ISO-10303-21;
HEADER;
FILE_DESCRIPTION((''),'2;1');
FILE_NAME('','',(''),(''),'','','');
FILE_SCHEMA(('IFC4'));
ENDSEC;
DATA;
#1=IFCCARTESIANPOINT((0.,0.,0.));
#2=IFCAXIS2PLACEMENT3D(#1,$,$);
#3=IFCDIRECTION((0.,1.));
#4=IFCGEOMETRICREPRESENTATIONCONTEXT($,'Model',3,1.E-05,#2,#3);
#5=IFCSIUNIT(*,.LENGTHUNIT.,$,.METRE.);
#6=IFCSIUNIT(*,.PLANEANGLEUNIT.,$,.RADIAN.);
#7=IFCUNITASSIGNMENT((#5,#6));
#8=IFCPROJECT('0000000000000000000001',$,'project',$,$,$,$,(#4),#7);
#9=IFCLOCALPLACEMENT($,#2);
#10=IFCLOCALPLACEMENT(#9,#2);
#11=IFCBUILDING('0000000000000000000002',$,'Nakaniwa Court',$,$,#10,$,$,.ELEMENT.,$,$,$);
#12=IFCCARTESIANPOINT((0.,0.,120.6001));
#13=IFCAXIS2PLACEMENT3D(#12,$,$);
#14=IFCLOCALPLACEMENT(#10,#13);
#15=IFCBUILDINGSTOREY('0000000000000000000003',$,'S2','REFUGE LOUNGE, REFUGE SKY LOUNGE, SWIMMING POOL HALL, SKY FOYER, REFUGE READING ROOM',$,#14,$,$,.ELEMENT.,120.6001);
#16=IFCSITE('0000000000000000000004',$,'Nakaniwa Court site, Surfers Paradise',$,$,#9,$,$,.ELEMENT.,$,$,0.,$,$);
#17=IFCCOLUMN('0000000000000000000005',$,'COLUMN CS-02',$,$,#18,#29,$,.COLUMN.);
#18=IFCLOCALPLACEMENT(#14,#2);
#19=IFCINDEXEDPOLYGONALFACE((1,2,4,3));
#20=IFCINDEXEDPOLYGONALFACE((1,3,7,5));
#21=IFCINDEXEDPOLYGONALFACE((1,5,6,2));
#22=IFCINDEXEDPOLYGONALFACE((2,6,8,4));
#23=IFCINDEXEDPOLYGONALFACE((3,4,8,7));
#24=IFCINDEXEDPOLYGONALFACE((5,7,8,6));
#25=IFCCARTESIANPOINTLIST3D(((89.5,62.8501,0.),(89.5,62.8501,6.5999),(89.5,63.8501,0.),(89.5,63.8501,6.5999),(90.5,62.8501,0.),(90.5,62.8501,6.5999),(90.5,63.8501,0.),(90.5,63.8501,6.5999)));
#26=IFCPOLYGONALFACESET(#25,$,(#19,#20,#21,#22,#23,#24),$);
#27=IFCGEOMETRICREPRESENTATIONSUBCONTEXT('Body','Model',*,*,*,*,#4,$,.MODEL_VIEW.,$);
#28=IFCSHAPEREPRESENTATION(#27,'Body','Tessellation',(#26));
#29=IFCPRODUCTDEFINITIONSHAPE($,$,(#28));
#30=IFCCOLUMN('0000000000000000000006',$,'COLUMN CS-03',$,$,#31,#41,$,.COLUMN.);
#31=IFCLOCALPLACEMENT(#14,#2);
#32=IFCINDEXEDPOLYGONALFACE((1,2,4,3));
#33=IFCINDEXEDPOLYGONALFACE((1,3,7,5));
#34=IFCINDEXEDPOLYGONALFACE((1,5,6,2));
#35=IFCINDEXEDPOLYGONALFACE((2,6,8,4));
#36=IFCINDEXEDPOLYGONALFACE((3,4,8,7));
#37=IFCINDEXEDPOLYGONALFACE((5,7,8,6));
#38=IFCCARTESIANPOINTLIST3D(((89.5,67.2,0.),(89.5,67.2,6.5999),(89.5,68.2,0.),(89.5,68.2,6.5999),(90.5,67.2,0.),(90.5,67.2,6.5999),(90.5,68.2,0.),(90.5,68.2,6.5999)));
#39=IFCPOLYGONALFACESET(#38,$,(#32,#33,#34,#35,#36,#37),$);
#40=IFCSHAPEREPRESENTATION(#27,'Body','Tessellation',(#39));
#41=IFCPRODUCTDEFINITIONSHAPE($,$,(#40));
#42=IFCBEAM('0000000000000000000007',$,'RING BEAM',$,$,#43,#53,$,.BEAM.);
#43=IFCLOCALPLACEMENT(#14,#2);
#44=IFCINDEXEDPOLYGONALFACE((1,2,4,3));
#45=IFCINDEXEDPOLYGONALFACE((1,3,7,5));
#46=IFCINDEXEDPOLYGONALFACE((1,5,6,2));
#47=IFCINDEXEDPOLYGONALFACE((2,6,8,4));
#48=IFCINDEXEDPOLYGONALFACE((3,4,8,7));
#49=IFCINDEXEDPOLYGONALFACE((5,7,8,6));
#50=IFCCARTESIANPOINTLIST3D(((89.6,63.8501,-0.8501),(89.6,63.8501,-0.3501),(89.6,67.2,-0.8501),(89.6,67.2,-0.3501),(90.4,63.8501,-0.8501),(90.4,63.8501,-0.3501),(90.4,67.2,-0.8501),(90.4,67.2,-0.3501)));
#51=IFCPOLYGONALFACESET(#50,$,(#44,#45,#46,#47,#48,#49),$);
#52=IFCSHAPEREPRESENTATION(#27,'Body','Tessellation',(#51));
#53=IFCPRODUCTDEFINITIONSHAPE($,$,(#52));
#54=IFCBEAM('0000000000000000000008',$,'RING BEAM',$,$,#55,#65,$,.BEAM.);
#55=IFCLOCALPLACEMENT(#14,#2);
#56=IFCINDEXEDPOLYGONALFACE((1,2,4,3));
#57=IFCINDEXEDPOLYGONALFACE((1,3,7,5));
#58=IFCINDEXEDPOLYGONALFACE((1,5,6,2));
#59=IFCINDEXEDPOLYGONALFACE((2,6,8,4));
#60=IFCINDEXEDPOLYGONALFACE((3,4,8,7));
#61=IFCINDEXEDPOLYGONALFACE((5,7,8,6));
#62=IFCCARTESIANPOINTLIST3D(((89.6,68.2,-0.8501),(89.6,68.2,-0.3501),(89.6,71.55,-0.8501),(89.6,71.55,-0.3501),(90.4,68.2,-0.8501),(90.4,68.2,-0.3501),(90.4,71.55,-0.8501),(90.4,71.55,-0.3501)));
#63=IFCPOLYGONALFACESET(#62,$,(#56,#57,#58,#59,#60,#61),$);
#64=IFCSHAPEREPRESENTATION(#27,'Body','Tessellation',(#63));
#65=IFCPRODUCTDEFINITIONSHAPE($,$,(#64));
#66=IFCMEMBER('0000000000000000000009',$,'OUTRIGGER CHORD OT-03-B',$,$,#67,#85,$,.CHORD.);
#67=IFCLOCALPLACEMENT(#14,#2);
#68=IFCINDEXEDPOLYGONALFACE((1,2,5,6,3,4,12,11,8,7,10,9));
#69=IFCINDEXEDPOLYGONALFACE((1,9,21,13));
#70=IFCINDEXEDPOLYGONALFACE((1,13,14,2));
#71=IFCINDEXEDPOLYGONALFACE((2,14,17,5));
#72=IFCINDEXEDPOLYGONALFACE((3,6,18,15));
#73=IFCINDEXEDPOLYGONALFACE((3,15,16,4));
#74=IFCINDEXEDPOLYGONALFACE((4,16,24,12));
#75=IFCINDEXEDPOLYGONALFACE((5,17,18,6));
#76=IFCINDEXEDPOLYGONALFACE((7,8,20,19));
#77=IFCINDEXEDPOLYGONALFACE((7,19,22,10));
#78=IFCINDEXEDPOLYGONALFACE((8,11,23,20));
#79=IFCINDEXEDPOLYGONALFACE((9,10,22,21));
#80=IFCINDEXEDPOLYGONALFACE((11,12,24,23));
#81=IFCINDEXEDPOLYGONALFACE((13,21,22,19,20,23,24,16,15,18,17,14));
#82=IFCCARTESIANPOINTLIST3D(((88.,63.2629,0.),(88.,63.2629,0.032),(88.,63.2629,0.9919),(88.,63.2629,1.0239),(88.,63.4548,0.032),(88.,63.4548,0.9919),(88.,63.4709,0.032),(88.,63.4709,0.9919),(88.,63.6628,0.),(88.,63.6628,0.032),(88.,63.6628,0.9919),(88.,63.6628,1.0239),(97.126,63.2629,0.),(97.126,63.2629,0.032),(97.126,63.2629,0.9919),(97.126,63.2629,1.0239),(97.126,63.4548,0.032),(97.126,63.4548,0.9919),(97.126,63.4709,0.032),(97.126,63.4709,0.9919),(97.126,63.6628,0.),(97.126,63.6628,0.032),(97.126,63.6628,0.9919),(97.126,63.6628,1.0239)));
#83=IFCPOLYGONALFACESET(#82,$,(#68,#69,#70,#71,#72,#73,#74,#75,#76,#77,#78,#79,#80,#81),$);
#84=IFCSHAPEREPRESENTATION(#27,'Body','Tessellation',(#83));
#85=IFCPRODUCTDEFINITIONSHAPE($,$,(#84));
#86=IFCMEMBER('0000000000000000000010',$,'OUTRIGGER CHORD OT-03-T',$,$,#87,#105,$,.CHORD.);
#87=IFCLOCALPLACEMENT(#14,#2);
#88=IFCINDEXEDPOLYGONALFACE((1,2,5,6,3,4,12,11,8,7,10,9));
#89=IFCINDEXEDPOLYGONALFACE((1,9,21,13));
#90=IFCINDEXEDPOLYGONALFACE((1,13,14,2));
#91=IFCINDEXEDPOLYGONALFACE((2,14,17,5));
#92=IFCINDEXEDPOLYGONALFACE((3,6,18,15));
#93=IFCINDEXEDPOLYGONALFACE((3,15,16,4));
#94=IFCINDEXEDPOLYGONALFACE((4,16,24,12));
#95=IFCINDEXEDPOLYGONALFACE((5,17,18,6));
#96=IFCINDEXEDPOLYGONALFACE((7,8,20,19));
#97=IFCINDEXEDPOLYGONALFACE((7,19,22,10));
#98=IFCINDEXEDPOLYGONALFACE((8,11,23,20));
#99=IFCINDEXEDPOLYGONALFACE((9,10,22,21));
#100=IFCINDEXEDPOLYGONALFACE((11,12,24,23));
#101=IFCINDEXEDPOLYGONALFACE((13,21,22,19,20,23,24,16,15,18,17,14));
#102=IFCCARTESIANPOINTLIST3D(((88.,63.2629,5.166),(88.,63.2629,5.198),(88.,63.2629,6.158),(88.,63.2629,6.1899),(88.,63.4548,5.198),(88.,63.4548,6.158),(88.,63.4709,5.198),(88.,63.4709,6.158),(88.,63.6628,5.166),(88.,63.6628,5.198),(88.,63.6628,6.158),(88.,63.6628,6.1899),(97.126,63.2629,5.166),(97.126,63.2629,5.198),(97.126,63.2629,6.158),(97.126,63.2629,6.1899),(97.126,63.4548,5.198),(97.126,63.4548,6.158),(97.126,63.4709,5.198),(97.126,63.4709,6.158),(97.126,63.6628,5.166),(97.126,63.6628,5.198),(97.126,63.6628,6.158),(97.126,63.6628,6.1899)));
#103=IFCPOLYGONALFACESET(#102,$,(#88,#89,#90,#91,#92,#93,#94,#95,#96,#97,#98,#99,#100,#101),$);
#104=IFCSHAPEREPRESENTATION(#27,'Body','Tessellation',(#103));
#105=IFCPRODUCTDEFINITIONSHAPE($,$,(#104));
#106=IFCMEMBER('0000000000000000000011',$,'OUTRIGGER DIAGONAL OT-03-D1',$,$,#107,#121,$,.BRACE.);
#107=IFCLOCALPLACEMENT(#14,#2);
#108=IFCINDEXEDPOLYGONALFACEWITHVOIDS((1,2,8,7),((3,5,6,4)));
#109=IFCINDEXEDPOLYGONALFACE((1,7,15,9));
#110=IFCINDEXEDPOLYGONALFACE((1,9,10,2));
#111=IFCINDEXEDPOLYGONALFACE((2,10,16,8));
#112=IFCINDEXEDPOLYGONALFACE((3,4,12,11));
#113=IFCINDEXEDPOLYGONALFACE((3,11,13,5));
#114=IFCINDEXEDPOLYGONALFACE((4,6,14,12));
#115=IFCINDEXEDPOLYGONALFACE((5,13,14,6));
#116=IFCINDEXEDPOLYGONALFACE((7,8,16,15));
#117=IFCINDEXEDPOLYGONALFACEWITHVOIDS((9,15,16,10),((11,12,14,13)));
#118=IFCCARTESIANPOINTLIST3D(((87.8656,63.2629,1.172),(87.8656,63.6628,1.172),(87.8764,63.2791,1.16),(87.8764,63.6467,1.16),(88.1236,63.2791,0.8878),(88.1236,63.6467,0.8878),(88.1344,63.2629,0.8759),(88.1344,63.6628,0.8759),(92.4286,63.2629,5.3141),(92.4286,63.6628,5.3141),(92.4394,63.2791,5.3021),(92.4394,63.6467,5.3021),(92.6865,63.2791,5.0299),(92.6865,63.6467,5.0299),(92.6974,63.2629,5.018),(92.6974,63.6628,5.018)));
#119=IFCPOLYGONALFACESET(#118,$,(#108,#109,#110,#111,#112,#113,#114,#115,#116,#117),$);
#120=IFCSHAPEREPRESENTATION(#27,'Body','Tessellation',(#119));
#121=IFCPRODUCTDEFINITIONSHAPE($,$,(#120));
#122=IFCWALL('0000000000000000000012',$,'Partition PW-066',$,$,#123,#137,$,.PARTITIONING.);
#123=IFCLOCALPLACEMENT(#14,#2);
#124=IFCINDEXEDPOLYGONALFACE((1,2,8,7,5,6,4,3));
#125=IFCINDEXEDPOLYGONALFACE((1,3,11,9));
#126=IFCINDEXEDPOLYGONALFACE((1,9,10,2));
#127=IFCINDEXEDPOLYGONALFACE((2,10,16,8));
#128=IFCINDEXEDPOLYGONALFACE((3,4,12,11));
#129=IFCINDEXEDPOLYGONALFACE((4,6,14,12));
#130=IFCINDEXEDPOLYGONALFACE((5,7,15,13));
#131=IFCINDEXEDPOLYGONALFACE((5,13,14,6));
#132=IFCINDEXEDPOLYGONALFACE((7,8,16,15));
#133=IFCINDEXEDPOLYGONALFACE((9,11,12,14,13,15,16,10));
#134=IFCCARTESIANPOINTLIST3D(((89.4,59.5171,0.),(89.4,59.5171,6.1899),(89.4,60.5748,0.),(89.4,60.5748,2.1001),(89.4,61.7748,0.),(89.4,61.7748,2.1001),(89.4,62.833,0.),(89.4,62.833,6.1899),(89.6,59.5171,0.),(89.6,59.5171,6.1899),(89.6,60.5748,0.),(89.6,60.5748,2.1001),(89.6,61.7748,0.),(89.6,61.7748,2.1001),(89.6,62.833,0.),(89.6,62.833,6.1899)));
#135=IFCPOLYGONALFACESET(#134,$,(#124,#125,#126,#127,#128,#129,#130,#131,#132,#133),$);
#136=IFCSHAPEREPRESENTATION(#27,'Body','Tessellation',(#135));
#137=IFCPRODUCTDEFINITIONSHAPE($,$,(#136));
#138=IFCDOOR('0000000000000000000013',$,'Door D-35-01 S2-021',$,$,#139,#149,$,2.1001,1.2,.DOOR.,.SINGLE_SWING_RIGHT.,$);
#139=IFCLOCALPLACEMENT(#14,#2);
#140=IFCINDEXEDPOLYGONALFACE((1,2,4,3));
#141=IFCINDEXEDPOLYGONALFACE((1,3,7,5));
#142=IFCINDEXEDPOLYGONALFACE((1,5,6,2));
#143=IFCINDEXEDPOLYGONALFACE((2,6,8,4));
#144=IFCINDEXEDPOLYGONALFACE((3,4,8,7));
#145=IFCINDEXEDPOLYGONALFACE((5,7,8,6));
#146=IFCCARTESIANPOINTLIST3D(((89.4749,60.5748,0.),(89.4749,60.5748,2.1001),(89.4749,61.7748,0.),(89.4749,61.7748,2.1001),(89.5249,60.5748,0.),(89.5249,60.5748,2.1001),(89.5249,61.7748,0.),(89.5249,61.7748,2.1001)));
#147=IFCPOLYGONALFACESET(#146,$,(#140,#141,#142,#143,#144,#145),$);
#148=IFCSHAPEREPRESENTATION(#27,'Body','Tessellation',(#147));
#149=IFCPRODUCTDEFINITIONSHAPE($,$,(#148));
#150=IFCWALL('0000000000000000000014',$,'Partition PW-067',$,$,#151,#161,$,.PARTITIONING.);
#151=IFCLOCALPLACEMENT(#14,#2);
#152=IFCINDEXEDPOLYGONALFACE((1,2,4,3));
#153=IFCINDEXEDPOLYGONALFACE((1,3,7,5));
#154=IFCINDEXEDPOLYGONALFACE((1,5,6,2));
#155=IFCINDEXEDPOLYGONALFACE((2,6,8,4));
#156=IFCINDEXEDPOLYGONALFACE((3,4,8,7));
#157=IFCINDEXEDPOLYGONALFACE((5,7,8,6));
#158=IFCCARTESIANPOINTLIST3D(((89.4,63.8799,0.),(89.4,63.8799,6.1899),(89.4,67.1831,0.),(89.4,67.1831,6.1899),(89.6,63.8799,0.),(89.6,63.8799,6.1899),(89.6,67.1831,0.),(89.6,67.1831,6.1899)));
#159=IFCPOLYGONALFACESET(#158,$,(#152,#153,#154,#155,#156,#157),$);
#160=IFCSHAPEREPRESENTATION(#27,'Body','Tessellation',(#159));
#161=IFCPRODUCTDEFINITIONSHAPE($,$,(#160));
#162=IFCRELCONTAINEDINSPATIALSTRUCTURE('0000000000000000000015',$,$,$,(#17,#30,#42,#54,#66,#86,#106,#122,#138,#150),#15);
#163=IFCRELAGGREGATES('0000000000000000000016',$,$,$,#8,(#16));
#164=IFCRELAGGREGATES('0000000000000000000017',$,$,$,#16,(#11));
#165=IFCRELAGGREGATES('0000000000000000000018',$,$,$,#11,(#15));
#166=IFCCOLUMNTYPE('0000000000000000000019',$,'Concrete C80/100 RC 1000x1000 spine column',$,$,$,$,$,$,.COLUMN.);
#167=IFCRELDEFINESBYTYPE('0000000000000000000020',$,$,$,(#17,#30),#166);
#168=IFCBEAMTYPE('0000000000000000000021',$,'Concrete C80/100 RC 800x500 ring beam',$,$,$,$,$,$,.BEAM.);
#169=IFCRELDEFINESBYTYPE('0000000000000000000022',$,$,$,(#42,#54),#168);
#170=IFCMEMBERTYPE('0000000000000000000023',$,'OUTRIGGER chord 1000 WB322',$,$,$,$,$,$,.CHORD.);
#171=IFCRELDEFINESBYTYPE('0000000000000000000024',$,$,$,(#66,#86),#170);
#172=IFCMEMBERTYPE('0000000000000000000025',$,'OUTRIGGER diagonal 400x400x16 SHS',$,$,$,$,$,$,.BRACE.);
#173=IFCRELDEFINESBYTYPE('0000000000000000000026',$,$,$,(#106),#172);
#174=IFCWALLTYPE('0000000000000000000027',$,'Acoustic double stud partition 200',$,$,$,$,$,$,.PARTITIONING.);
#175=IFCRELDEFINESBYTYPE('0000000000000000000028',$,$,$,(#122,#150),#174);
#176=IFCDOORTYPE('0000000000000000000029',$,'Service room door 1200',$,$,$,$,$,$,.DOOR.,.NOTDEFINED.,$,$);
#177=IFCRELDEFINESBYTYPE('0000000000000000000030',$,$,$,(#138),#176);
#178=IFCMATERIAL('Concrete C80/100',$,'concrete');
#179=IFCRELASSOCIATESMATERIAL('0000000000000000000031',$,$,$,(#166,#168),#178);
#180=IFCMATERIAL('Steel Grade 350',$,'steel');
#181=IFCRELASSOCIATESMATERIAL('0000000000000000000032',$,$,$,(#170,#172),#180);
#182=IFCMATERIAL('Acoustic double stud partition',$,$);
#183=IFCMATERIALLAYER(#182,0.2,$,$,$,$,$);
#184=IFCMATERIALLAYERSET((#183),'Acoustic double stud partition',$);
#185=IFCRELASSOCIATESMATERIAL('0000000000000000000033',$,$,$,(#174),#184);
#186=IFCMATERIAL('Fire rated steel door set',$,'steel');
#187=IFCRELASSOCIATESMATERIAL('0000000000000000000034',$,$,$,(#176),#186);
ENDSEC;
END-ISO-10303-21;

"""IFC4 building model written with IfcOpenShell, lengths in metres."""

from ifc_helpers import new_model, si_unit, direction, frame, frame_2d, origin, origin_2d, place, context, subcontext, project, spatial, rectangle, hollow_rectangle, i_section, extrude, material, layer, layer_set, material_profile, profile_set, type_object, element, fill, save


model = new_model("IFC4")

# Units and contexts
model_context = context("Model", 3, precision=1e-05, world=origin(), true_north=direction((0.0, 1.0)))
body_context = subcontext(model_context, "Body", "Model", "MODEL_VIEW")
ifc_project = project(units=[si_unit("LENGTHUNIT", "METRE"), si_unit("PLANEANGLEUNIT", "RADIAN")], contexts=[model_context])

# Site, building, storey
site_placement = place(None, origin())
site = spatial("IfcSite", under=ifc_project, at=site_placement, Name="Nakaniwa Court site, Surfers Paradise", CompositionType="ELEMENT", RefElevation=0.0)
building_placement = place(site_placement, origin())
building = spatial("IfcBuilding", under=site, at=building_placement, Name="Nakaniwa Court", CompositionType="ELEMENT")
storey_placement = place(building_placement, frame((0.0, 0.0, 120.6001)))
storey = spatial("IfcBuildingStorey", under=building, at=storey_placement, Name="S2", Description="REFUGE LOUNGE, REFUGE SKY LOUNGE, SWIMMING POOL HALL, SKY FOYER, REFUGE READING ROOM", CompositionType="ELEMENT", Elevation=120.6001)

# Columns
ifc_material_1 = material(Name="Concrete C80/100", Category="concrete")
ifc_material_profile_1 = material_profile(ifc_material_1, rectangle(XDim=1.0, YDim=1.0, at=origin_2d()), Name="Concrete C80/100 RC 1000x1000 spine column")
ifc_profile_set_1 = profile_set([ifc_material_profile_1], Name="Concrete C80/100")
column_type = type_object("IfcColumnType", Name="Concrete C80/100 RC 1000x1000 spine column", PredefinedType="COLUMN", material=ifc_profile_set_1)
for number, where, z_axis, x_axis, name in (
    (1, (90.0, 63.3501, 0.0), (0.0, 0.0, 1.0), (0.0, 1.0, 0.0), "COLUMN CS-02"),
    (2, (90.0, 67.7, 0.0), (0.0, 0.0, 1.0), (0.0, 1.0, 0.0), "COLUMN CS-03"),
):
    element("IfcColumn", number, at=place(storey_placement, frame(where, z_axis=z_axis, x_axis=x_axis)), inside=storey, type_object=column_type, Name=name, PredefinedType="COLUMN", context=body_context, shape_type="SweptSolid", body=[
        extrude(rectangle(XDim=1.0, YDim=1.0, at=origin_2d()), origin(), (0.0, 0.0, 1.0), 6.5999),
    ])

# Beams
ifc_material_profile_2 = material_profile(ifc_material_1, rectangle(XDim=0.8, YDim=0.5, at=origin_2d()), Name="Concrete C80/100 RC 800x500 ring beam")
ifc_profile_set_2 = profile_set([ifc_material_profile_2], Name="Concrete C80/100")
beam_type = type_object("IfcBeamType", Name="Concrete C80/100 RC 800x500 ring beam", PredefinedType="BEAM", material=ifc_profile_set_2)
beam_1_placement = place(storey_placement, frame((90.0, 63.8501, -0.6001), z_axis=(0.0, 1.0, 0.0), x_axis=(-1.0, 0.0, 0.0)))
element("IfcBeam", 3, at=beam_1_placement, inside=storey, type_object=beam_type, Name="RING BEAM", PredefinedType="BEAM", context=body_context, shape_type="SweptSolid", body=[
    extrude(rectangle(XDim=0.8, YDim=0.5, at=origin_2d()), origin(), (0.0, 0.0, 1.0), 3.3499),
])
beam_2_placement = place(storey_placement, frame((90.0, 68.2, -0.6001), z_axis=(0.0, 1.0, 0.0), x_axis=(-1.0, 0.0, 0.0)))
element("IfcBeam", 4, at=beam_2_placement, inside=storey, type_object=beam_type, Name="RING BEAM", PredefinedType="BEAM", context=body_context, shape_type="SweptSolid", body=[
    extrude(rectangle(XDim=0.8, YDim=0.5, at=origin_2d()), origin(), (0.0, 0.0, 1.0), 3.3501),
])

# Members
ifc_material_2 = material(Name="Steel Grade 350", Category="steel")
ifc_material_profile_3 = material_profile(ifc_material_2, i_section(OverallWidth=0.3999, OverallDepth=1.0239, WebThickness=0.0161, FlangeThickness=0.032, at=origin_2d()), Name="1000WB322")
ifc_profile_set_3 = profile_set([ifc_material_profile_3], Name="Steel Grade 350")
member_type_1 = type_object("IfcMemberType", Name="OUTRIGGER chord 1000 WB322", PredefinedType="CHORD", material=ifc_profile_set_3)
for number, where, z_axis, x_axis, name in (
    (5, (88.0, 63.4629, 0.512), (1.0, 0.0, 0.0), (0.0, 1.0, 0.0), "OUTRIGGER CHORD OT-03-B"),
    (6, (88.0, 63.4629, 5.678), (1.0, 0.0, 0.0), (0.0, 1.0, 0.0), "OUTRIGGER CHORD OT-03-T"),
):
    element("IfcMember", number, at=place(storey_placement, frame(where, z_axis=z_axis, x_axis=x_axis)), inside=storey, type_object=member_type_1, Name=name, PredefinedType="CHORD", context=body_context, shape_type="SweptSolid", body=[
        extrude(i_section(OverallWidth=0.3999, OverallDepth=1.0239, WebThickness=0.0161, FlangeThickness=0.032, at=origin_2d()), origin(), (0.0, 0.0, 1.0), 9.126),
    ])
ifc_material_profile_4 = material_profile(ifc_material_2, hollow_rectangle(XDim=0.3999, YDim=0.3999, WallThickness=0.0161, at=origin_2d()), Name="OUTRIGGER diagonal 400x400x16 SHS")
ifc_profile_set_4 = profile_set([ifc_material_profile_4], Name="Steel Grade 350")
member_type_2 = type_object("IfcMemberType", Name="OUTRIGGER diagonal 400x400x16 SHS", PredefinedType="BRACE", material=ifc_profile_set_4)
member_placement = place(storey_placement, frame((88.0, 63.4629, 1.0239), z_axis=(0.740431, 0.0, 0.672132), x_axis=(0.0, 1.0, 0.0)))
element("IfcMember", 7, at=member_placement, inside=storey, type_object=member_type_2, Name="OUTRIGGER DIAGONAL OT-03-D1", PredefinedType="BRACE", context=body_context, shape_type="SweptSolid", body=[
    extrude(hollow_rectangle(XDim=0.3999, YDim=0.3999, WallThickness=0.0161, at=origin_2d()), origin(), (0.0, 0.0, 1.0), 6.1626),
])

# Wall, opening, door
ifc_material_3 = material(Name="Acoustic double stud partition")
ifc_layer_1 = layer(ifc_material_3, 0.2)
ifc_layer_set_1 = layer_set([ifc_layer_1], Name="Acoustic double stud partition")
wall_type_1 = type_object("IfcWallType", Name="Acoustic double stud partition 200", PredefinedType="PARTITIONING", material=ifc_layer_set_1)
wall_1_placement = place(storey_placement, frame((89.5, 62.833, 0.0), z_axis=(0.0, 0.0, 1.0), x_axis=(0.0, -1.0, 0.0)))
wall_1 = element("IfcWall", 8, at=wall_1_placement, inside=storey, type_object=wall_type_1, Name="Partition PW-066", PredefinedType="PARTITIONING", context=body_context, shape_type="SweptSolid", body=[
    extrude(rectangle(XDim=3.3159, YDim=0.2, at=frame_2d((1.658, 0.0))), origin(), (0.0, 0.0, 1.0), 6.1899),
])
opening_1_placement = place(wall_1_placement, frame((1.0581, 0.0, 0.0)))
opening_1 = element("IfcOpeningElement", 9, at=opening_1_placement, cuts=wall_1, PredefinedType="OPENING", context=body_context, shape_type="SweptSolid", body=[
    extrude(rectangle(XDim=1.2, YDim=2.1001, at=frame_2d((0.6001, 1.05))), frame((0.0, 0.1099, 0.0), z_axis=(0.0, -1.0, 0.0), x_axis=(1.0, 0.0, 0.0)), (0.0, 0.0, 1.0), 0.22),
])
ifc_material_4 = material(Name="Fire rated steel door set", Category="steel")
door_type_1 = type_object("IfcDoorType", Name="Service room door 1200", OperationType="NOTDEFINED", PredefinedType="DOOR", material=ifc_material_4)
door_1_placement = place(opening_1_placement, origin())
door_1 = element("IfcDoor", 10, at=door_1_placement, inside=storey, type_object=door_type_1, Name="Door D-35-01 S2-021", OperationType="SINGLE_SWING_RIGHT", OverallHeight=2.1001, OverallWidth=1.2, PredefinedType="DOOR", context=body_context, shape_type="SweptSolid", body=[
    extrude(rectangle(XDim=1.2, YDim=2.1001, at=frame_2d((0.6001, 1.05))), frame((0.0, 0.0249, 0.0), z_axis=(0.0, -1.0, 0.0), x_axis=(1.0, 0.0, 0.0)), (0.0, 0.0, 1.0), 0.05),
])
fill(opening_1, door_1)

# Wall
wall_2_placement = place(storey_placement, frame((89.5, 63.8799, 0.0), z_axis=(0.0, 0.0, 1.0), x_axis=(0.0, 1.0, 0.0)))
element("IfcWall", 11, at=wall_2_placement, inside=storey, type_object=wall_type_1, Name="Partition PW-067", PredefinedType="PARTITIONING", context=body_context, shape_type="SweptSolid", body=[
    extrude(rectangle(XDim=3.3032, YDim=0.2, at=frame_2d((1.6516, 0.0))), origin(), (0.0, 0.0, 1.0), 6.1899),
])

save(model, "model.ifc")
